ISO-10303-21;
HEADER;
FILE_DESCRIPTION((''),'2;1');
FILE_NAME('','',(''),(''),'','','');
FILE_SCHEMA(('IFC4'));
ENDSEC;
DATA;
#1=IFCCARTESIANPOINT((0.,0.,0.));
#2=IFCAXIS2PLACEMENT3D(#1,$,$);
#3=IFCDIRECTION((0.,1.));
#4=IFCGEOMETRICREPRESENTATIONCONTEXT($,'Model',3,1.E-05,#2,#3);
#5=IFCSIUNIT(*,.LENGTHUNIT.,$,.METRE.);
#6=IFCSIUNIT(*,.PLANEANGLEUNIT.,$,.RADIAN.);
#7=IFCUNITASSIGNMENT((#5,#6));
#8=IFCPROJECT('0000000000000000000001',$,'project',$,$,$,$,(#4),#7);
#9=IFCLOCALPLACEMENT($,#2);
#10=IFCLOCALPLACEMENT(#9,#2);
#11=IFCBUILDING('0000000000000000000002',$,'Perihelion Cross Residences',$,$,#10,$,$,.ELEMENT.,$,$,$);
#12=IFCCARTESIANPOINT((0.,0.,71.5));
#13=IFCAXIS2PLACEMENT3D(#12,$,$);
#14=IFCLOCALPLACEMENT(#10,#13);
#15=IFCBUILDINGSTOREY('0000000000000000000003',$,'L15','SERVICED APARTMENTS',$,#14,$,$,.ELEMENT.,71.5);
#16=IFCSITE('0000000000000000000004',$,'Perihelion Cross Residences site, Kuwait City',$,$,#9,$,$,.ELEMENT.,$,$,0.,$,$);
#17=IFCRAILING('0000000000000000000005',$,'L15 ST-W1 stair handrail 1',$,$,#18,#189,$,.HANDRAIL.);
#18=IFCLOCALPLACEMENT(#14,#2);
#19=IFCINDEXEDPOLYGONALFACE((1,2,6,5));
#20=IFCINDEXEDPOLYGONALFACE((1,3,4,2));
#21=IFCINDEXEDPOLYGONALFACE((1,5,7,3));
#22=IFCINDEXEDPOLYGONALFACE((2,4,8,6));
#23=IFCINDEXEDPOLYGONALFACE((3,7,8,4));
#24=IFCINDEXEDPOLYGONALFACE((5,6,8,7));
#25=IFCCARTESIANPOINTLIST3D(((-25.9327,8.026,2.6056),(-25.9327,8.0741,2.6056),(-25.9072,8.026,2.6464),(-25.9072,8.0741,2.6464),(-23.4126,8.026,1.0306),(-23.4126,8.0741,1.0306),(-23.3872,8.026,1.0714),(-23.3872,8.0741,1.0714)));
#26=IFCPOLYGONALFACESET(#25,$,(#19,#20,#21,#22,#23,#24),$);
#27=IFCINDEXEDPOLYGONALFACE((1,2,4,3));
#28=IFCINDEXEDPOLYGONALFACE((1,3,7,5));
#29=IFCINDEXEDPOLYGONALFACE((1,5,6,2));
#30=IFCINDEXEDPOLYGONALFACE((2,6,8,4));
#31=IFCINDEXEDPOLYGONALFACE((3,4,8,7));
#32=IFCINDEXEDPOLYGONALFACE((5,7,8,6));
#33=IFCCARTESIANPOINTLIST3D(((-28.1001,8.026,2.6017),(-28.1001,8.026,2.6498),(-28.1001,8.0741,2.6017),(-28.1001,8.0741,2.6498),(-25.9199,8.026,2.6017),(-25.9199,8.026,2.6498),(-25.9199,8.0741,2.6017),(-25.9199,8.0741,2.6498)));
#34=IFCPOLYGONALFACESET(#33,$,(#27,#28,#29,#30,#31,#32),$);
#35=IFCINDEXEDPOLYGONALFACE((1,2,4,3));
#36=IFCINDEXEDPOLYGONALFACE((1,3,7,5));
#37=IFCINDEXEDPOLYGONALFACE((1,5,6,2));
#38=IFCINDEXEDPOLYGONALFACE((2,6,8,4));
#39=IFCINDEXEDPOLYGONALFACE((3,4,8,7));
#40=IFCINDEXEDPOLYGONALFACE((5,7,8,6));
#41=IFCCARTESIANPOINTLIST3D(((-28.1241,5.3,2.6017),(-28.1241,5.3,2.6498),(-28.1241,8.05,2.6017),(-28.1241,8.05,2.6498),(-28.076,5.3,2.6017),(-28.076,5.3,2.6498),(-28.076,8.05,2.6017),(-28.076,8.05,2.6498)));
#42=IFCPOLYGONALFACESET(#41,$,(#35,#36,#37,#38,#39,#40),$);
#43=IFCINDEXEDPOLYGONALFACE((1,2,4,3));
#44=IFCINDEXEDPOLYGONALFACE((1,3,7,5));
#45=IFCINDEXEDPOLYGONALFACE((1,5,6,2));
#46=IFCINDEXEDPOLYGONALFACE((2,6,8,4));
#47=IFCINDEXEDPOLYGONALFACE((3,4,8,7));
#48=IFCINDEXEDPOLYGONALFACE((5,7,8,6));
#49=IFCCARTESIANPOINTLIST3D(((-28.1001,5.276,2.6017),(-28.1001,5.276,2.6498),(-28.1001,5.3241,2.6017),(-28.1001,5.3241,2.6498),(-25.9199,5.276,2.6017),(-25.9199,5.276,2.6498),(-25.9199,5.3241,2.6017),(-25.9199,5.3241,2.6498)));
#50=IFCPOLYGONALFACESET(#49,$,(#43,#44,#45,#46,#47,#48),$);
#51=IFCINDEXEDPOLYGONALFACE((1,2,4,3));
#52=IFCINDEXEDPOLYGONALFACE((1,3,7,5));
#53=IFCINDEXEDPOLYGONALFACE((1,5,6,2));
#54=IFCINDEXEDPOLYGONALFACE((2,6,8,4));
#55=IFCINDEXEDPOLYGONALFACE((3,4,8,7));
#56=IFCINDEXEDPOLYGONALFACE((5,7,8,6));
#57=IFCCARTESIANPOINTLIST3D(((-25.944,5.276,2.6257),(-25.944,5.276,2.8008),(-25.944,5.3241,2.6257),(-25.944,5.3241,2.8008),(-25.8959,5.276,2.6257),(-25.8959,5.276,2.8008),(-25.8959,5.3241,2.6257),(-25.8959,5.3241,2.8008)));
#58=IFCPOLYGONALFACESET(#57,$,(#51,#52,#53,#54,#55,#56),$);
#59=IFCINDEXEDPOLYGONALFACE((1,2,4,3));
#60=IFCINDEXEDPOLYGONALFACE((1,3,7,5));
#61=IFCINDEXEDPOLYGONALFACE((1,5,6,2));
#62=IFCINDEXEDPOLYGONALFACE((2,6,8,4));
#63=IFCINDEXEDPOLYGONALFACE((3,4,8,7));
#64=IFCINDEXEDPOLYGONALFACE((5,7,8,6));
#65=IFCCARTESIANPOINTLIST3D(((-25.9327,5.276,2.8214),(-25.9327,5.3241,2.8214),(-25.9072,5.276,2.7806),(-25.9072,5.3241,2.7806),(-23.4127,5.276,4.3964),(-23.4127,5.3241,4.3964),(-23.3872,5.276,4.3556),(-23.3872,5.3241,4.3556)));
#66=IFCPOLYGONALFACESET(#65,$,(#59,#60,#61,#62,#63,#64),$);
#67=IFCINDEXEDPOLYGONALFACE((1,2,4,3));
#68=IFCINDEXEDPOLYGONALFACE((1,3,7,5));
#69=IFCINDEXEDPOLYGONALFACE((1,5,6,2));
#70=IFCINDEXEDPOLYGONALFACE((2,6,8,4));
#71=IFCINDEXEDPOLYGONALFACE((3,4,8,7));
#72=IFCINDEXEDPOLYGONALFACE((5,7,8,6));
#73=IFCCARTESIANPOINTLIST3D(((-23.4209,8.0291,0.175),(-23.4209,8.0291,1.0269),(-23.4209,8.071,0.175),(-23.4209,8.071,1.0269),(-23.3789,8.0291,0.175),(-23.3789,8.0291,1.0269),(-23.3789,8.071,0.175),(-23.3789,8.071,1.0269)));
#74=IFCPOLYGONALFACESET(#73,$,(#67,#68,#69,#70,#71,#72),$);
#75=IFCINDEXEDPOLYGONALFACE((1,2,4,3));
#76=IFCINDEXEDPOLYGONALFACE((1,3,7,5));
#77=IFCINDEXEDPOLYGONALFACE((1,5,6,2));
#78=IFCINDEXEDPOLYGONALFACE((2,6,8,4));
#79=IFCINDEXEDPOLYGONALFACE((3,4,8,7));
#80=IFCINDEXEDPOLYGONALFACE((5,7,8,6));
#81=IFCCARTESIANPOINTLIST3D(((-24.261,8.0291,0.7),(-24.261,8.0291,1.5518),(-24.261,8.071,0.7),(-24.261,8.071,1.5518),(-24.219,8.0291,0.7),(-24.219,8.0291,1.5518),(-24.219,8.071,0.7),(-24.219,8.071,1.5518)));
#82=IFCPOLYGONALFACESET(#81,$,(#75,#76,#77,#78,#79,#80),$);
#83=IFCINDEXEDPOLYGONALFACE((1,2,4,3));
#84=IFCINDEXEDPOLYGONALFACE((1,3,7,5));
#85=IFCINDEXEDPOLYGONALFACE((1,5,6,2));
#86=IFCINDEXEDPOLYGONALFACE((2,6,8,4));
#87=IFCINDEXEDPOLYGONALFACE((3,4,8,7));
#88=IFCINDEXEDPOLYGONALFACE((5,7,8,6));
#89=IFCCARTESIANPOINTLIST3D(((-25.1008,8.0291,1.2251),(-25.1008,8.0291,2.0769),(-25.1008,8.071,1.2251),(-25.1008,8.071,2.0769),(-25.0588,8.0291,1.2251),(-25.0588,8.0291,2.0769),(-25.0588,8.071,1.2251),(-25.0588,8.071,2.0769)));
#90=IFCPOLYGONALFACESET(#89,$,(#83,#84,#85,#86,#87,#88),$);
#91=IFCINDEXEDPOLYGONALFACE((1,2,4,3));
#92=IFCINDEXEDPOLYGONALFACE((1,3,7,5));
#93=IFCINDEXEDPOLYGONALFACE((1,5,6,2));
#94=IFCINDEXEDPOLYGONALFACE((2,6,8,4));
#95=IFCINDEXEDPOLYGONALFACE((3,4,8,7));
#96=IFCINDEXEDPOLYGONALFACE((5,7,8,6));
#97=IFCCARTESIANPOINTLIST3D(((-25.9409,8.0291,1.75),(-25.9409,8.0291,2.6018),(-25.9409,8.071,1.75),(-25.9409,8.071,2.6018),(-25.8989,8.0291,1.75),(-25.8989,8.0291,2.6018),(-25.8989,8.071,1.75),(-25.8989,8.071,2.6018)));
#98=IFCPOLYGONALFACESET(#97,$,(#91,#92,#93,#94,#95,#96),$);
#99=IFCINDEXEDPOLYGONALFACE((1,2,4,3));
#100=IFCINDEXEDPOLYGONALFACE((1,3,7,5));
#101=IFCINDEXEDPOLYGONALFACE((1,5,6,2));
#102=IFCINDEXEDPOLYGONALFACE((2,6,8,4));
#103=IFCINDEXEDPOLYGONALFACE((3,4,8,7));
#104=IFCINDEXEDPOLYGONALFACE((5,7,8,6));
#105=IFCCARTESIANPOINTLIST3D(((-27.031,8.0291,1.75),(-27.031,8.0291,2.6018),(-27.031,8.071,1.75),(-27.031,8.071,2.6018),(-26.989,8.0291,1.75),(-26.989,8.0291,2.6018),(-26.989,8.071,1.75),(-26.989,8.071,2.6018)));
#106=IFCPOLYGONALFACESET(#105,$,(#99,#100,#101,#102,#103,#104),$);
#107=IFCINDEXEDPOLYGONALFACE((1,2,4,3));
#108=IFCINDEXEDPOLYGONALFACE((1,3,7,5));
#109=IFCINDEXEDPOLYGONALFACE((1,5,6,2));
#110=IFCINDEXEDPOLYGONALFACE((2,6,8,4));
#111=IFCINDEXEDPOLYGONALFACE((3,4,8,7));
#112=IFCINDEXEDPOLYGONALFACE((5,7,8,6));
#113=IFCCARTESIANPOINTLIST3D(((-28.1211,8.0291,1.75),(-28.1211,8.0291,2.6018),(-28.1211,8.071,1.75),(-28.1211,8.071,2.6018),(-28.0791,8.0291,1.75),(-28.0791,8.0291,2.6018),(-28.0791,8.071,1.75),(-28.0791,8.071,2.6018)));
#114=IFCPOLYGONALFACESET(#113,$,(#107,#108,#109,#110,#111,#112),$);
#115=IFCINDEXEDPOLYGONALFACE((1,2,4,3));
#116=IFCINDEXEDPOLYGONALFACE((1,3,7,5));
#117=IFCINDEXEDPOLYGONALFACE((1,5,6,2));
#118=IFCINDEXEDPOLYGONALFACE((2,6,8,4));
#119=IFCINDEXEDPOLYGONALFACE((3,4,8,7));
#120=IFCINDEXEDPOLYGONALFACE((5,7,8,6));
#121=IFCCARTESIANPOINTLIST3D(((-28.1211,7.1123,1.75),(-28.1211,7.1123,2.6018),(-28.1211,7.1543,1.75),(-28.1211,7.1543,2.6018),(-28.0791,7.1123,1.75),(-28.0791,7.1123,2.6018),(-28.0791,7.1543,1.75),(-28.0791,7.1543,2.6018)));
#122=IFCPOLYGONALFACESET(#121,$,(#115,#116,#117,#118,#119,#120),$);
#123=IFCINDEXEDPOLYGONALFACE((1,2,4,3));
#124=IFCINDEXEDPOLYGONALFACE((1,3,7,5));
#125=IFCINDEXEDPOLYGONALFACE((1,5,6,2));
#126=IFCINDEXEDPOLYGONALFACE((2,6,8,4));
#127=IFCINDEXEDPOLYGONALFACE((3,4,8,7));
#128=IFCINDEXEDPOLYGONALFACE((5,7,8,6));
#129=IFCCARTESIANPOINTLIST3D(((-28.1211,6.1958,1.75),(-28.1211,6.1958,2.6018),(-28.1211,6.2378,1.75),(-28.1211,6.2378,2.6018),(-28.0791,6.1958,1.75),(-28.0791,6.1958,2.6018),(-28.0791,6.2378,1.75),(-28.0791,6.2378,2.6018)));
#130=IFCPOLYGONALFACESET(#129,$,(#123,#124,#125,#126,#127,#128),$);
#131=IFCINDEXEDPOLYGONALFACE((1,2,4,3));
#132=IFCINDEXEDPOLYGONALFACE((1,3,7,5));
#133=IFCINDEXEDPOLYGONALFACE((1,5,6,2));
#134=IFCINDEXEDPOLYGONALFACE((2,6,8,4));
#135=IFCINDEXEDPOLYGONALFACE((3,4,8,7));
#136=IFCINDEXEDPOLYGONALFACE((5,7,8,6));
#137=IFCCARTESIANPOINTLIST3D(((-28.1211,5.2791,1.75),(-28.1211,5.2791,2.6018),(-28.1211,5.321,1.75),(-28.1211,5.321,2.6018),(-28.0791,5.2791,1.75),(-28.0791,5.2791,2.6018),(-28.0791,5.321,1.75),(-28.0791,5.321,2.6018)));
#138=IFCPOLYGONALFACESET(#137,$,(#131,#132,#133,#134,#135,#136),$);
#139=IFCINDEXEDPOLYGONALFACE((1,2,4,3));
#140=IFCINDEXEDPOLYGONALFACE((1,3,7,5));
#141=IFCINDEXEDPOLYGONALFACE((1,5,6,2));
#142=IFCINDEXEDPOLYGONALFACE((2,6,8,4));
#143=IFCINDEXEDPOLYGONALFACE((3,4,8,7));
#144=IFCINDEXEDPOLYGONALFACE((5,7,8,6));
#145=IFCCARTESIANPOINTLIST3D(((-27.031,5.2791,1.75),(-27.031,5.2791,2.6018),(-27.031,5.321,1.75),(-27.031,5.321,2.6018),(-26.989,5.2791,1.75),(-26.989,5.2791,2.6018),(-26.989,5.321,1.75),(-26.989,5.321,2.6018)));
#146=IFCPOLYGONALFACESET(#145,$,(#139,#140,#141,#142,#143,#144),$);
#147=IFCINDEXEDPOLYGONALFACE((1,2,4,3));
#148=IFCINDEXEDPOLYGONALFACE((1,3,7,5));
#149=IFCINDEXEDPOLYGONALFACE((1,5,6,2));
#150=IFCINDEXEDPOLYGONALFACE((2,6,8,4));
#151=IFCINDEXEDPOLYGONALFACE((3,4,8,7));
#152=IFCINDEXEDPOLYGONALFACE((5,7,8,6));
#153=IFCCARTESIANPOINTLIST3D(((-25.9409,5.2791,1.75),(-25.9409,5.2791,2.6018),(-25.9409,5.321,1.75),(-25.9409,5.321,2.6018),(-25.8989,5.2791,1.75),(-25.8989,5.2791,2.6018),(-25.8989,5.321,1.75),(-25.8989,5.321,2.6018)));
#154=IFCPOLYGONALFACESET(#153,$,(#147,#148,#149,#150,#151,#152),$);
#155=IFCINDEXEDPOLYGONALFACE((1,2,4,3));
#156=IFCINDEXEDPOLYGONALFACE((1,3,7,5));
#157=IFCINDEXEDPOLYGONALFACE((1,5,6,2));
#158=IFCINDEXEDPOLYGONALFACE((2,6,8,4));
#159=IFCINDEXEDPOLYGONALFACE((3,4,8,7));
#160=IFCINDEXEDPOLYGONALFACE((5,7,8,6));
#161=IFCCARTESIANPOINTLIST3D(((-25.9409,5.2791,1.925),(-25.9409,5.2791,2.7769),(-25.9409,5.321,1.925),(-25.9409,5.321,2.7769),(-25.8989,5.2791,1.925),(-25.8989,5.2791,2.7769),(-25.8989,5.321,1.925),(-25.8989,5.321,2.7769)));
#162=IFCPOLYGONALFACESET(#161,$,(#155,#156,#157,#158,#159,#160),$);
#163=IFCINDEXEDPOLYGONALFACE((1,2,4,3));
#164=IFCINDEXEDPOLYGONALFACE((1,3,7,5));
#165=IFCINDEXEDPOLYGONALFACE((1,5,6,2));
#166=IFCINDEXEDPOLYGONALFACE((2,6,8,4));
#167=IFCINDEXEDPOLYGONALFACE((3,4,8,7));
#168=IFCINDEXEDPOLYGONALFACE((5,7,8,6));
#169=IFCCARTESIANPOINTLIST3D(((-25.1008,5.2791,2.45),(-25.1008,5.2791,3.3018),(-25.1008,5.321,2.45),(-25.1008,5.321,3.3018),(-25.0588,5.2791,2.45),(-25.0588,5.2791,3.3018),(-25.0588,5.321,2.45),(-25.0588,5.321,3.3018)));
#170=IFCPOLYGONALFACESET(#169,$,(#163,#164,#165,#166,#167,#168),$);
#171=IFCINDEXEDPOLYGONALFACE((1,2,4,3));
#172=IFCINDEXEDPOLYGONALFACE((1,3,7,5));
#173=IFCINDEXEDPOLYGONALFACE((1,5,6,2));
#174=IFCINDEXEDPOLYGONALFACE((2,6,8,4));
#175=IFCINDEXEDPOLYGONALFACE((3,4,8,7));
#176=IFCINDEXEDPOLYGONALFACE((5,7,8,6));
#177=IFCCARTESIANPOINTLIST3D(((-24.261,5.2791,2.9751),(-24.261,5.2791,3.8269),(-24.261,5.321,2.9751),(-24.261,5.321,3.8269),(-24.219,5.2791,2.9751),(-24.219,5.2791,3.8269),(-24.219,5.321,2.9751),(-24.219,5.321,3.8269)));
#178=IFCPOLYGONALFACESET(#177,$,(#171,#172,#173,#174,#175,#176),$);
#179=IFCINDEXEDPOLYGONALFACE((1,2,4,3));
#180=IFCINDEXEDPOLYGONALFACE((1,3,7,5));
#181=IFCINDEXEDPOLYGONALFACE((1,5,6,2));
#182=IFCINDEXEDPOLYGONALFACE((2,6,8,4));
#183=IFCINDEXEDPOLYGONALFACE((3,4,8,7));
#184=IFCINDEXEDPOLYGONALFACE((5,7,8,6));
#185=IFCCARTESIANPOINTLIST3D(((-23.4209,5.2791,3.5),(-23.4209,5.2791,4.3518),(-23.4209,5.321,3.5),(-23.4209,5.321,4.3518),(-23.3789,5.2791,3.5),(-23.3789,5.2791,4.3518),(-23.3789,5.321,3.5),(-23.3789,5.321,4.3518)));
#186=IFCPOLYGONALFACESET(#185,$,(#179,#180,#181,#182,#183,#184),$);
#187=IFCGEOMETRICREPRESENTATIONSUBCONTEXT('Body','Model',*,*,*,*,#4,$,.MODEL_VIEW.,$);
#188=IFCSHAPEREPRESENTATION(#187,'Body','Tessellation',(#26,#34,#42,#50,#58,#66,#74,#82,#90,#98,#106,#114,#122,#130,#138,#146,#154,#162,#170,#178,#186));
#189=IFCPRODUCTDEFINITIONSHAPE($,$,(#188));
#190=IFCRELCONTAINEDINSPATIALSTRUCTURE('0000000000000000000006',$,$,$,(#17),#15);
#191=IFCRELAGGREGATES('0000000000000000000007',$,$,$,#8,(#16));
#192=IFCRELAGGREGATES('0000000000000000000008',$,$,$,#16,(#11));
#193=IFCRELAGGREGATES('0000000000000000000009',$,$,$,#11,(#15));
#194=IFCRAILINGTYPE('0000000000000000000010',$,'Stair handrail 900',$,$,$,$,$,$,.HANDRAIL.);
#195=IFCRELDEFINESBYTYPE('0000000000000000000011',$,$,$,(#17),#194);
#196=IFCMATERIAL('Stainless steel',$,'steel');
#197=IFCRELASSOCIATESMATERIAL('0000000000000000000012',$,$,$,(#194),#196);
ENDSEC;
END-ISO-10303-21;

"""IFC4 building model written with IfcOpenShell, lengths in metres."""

from ifc_helpers import new_model, si_unit, direction, frame, origin, origin_2d, place, context, subcontext, project, spatial, rectangle, extrude, material, type_object, element, save


model = new_model("IFC4")

# Units and contexts
model_context = context("Model", 3, precision=1e-05, world=origin(), true_north=direction((0.0, 1.0)))
body_context = subcontext(model_context, "Body", "Model", "MODEL_VIEW")
ifc_project = project(units=[si_unit("LENGTHUNIT", "METRE"), si_unit("PLANEANGLEUNIT", "RADIAN")], contexts=[model_context])

# Site, building, storey
site_placement = place(None, origin())
site = spatial("IfcSite", under=ifc_project, at=site_placement, Name="Perihelion Cross Residences site, Kuwait City", CompositionType="ELEMENT", RefElevation=0.0)
building_placement = place(site_placement, origin())
building = spatial("IfcBuilding", under=site, at=building_placement, Name="Perihelion Cross Residences", CompositionType="ELEMENT")
storey_placement = place(building_placement, frame((0.0, 0.0, 71.5)))
storey = spatial("IfcBuildingStorey", under=building, at=storey_placement, Name="L15", Description="SERVICED APARTMENTS", CompositionType="ELEMENT", Elevation=71.5)

# Railing
ifc_material_1 = material(Name="Stainless steel", Category="steel")
railing_type_1 = type_object("IfcRailingType", Name="Stair handrail 900", PredefinedType="HANDRAIL", material=ifc_material_1)
railing_1_placement = place(storey_placement, frame((-23.3999, 8.05, 0.175)))
element("IfcRailing", 1, at=railing_1_placement, inside=storey, type_object=railing_type_1, Name="L15 ST-W1 stair handrail 1", PredefinedType="HANDRAIL", context=body_context, shape_type="SweptSolid", body=[
    extrude(rectangle(XDim=0.0481, YDim=0.0481, at=origin_2d()), frame((0.0, 0.0, 0.876), z_axis=(-0.848008, 0.0, 0.529984), x_axis=(0.0, -1.0, 0.0)), (0.0, 0.0, 1.0), 2.9717),
    extrude(rectangle(XDim=0.0481, YDim=0.0481, at=origin_2d()), frame((-2.52, 0.0, 2.4507), z_axis=(-1.0, 0.0, 0.0), x_axis=(0.0, -1.0, 0.0)), (0.0, 0.0, 1.0), 2.1802),
    extrude(rectangle(XDim=0.0481, YDim=0.0481, at=origin_2d()), frame((-4.7002, 0.0, 2.4507), z_axis=(0.0, -1.0, 0.0), x_axis=(1.0, 0.0, 0.0)), (0.0, 0.0, 1.0), 2.75),
    extrude(rectangle(XDim=0.0481, YDim=0.0481, at=origin_2d()), frame((-4.7002, -2.75, 2.4507), z_axis=(1.0, 0.0, 0.0), x_axis=(0.0, 1.0, 0.0)), (0.0, 0.0, 1.0), 2.1802),
    extrude(rectangle(XDim=0.0481, YDim=0.0481, at=origin_2d()), frame((-2.52, -2.75, 2.4507), z_axis=(0.0, 0.0, 1.0), x_axis=(1.0, 0.0, 0.0)), (0.0, 0.0, 1.0), 0.175),
    extrude(rectangle(XDim=0.0481, YDim=0.0481, at=origin_2d()), frame((-2.52, -2.75, 2.626), z_axis=(0.848008, 0.0, 0.529984), x_axis=(0.0, 1.0, 0.0)), (0.0, 0.0, 1.0), 2.9717),
    extrude(rectangle(XDim=0.042, YDim=0.042, at=origin_2d()), origin(), (0.0, 0.0, 1.0), 0.8518),
    extrude(rectangle(XDim=0.042, YDim=0.042, at=origin_2d()), frame((-0.8401, 0.0, 0.5249)), (0.0, 0.0, 1.0), 0.8518),
    extrude(rectangle(XDim=0.042, YDim=0.042, at=origin_2d()), frame((-1.6799, 0.0, 1.05)), (0.0, 0.0, 1.0), 0.8518),
    extrude(rectangle(XDim=0.042, YDim=0.042, at=origin_2d()), frame((-2.52, 0.0, 1.575)), (0.0, 0.0, 1.0), 0.8518),
    extrude(rectangle(XDim=0.042, YDim=0.042, at=origin_2d()), frame((-3.6101, 0.0, 1.575)), (0.0, 0.0, 1.0), 0.8518),
    extrude(rectangle(XDim=0.042, YDim=0.042, at=origin_2d()), frame((-4.7002, 0.0, 1.575)), (0.0, 0.0, 1.0), 0.8518),
    extrude(rectangle(XDim=0.042, YDim=0.042, at=origin_2d()), frame((-4.7002, -0.9167, 1.575)), (0.0, 0.0, 1.0), 0.8518),
    extrude(rectangle(XDim=0.042, YDim=0.042, at=origin_2d()), frame((-4.7002, -1.8333, 1.575)), (0.0, 0.0, 1.0), 0.8518),
    extrude(rectangle(XDim=0.042, YDim=0.042, at=origin_2d()), frame((-4.7002, -2.75, 1.575)), (0.0, 0.0, 1.0), 0.8518),
    extrude(rectangle(XDim=0.042, YDim=0.042, at=origin_2d()), frame((-3.6101, -2.75, 1.575)), (0.0, 0.0, 1.0), 0.8518),
    extrude(rectangle(XDim=0.042, YDim=0.042, at=origin_2d()), frame((-2.52, -2.75, 1.575)), (0.0, 0.0, 1.0), 0.8518),
    extrude(rectangle(XDim=0.042, YDim=0.042, at=origin_2d()), frame((-2.52, -2.75, 1.75)), (0.0, 0.0, 1.0), 0.8518),
    extrude(rectangle(XDim=0.042, YDim=0.042, at=origin_2d()), frame((-1.6799, -2.75, 2.2749)), (0.0, 0.0, 1.0), 0.8518),
    extrude(rectangle(XDim=0.042, YDim=0.042, at=origin_2d()), frame((-0.8401, -2.75, 2.8)), (0.0, 0.0, 1.0), 0.8518),
    extrude(rectangle(XDim=0.042, YDim=0.042, at=origin_2d()), frame((0.0, -2.75, 3.325)), (0.0, 0.0, 1.0), 0.8518),
])

save(model, "model.ifc")
